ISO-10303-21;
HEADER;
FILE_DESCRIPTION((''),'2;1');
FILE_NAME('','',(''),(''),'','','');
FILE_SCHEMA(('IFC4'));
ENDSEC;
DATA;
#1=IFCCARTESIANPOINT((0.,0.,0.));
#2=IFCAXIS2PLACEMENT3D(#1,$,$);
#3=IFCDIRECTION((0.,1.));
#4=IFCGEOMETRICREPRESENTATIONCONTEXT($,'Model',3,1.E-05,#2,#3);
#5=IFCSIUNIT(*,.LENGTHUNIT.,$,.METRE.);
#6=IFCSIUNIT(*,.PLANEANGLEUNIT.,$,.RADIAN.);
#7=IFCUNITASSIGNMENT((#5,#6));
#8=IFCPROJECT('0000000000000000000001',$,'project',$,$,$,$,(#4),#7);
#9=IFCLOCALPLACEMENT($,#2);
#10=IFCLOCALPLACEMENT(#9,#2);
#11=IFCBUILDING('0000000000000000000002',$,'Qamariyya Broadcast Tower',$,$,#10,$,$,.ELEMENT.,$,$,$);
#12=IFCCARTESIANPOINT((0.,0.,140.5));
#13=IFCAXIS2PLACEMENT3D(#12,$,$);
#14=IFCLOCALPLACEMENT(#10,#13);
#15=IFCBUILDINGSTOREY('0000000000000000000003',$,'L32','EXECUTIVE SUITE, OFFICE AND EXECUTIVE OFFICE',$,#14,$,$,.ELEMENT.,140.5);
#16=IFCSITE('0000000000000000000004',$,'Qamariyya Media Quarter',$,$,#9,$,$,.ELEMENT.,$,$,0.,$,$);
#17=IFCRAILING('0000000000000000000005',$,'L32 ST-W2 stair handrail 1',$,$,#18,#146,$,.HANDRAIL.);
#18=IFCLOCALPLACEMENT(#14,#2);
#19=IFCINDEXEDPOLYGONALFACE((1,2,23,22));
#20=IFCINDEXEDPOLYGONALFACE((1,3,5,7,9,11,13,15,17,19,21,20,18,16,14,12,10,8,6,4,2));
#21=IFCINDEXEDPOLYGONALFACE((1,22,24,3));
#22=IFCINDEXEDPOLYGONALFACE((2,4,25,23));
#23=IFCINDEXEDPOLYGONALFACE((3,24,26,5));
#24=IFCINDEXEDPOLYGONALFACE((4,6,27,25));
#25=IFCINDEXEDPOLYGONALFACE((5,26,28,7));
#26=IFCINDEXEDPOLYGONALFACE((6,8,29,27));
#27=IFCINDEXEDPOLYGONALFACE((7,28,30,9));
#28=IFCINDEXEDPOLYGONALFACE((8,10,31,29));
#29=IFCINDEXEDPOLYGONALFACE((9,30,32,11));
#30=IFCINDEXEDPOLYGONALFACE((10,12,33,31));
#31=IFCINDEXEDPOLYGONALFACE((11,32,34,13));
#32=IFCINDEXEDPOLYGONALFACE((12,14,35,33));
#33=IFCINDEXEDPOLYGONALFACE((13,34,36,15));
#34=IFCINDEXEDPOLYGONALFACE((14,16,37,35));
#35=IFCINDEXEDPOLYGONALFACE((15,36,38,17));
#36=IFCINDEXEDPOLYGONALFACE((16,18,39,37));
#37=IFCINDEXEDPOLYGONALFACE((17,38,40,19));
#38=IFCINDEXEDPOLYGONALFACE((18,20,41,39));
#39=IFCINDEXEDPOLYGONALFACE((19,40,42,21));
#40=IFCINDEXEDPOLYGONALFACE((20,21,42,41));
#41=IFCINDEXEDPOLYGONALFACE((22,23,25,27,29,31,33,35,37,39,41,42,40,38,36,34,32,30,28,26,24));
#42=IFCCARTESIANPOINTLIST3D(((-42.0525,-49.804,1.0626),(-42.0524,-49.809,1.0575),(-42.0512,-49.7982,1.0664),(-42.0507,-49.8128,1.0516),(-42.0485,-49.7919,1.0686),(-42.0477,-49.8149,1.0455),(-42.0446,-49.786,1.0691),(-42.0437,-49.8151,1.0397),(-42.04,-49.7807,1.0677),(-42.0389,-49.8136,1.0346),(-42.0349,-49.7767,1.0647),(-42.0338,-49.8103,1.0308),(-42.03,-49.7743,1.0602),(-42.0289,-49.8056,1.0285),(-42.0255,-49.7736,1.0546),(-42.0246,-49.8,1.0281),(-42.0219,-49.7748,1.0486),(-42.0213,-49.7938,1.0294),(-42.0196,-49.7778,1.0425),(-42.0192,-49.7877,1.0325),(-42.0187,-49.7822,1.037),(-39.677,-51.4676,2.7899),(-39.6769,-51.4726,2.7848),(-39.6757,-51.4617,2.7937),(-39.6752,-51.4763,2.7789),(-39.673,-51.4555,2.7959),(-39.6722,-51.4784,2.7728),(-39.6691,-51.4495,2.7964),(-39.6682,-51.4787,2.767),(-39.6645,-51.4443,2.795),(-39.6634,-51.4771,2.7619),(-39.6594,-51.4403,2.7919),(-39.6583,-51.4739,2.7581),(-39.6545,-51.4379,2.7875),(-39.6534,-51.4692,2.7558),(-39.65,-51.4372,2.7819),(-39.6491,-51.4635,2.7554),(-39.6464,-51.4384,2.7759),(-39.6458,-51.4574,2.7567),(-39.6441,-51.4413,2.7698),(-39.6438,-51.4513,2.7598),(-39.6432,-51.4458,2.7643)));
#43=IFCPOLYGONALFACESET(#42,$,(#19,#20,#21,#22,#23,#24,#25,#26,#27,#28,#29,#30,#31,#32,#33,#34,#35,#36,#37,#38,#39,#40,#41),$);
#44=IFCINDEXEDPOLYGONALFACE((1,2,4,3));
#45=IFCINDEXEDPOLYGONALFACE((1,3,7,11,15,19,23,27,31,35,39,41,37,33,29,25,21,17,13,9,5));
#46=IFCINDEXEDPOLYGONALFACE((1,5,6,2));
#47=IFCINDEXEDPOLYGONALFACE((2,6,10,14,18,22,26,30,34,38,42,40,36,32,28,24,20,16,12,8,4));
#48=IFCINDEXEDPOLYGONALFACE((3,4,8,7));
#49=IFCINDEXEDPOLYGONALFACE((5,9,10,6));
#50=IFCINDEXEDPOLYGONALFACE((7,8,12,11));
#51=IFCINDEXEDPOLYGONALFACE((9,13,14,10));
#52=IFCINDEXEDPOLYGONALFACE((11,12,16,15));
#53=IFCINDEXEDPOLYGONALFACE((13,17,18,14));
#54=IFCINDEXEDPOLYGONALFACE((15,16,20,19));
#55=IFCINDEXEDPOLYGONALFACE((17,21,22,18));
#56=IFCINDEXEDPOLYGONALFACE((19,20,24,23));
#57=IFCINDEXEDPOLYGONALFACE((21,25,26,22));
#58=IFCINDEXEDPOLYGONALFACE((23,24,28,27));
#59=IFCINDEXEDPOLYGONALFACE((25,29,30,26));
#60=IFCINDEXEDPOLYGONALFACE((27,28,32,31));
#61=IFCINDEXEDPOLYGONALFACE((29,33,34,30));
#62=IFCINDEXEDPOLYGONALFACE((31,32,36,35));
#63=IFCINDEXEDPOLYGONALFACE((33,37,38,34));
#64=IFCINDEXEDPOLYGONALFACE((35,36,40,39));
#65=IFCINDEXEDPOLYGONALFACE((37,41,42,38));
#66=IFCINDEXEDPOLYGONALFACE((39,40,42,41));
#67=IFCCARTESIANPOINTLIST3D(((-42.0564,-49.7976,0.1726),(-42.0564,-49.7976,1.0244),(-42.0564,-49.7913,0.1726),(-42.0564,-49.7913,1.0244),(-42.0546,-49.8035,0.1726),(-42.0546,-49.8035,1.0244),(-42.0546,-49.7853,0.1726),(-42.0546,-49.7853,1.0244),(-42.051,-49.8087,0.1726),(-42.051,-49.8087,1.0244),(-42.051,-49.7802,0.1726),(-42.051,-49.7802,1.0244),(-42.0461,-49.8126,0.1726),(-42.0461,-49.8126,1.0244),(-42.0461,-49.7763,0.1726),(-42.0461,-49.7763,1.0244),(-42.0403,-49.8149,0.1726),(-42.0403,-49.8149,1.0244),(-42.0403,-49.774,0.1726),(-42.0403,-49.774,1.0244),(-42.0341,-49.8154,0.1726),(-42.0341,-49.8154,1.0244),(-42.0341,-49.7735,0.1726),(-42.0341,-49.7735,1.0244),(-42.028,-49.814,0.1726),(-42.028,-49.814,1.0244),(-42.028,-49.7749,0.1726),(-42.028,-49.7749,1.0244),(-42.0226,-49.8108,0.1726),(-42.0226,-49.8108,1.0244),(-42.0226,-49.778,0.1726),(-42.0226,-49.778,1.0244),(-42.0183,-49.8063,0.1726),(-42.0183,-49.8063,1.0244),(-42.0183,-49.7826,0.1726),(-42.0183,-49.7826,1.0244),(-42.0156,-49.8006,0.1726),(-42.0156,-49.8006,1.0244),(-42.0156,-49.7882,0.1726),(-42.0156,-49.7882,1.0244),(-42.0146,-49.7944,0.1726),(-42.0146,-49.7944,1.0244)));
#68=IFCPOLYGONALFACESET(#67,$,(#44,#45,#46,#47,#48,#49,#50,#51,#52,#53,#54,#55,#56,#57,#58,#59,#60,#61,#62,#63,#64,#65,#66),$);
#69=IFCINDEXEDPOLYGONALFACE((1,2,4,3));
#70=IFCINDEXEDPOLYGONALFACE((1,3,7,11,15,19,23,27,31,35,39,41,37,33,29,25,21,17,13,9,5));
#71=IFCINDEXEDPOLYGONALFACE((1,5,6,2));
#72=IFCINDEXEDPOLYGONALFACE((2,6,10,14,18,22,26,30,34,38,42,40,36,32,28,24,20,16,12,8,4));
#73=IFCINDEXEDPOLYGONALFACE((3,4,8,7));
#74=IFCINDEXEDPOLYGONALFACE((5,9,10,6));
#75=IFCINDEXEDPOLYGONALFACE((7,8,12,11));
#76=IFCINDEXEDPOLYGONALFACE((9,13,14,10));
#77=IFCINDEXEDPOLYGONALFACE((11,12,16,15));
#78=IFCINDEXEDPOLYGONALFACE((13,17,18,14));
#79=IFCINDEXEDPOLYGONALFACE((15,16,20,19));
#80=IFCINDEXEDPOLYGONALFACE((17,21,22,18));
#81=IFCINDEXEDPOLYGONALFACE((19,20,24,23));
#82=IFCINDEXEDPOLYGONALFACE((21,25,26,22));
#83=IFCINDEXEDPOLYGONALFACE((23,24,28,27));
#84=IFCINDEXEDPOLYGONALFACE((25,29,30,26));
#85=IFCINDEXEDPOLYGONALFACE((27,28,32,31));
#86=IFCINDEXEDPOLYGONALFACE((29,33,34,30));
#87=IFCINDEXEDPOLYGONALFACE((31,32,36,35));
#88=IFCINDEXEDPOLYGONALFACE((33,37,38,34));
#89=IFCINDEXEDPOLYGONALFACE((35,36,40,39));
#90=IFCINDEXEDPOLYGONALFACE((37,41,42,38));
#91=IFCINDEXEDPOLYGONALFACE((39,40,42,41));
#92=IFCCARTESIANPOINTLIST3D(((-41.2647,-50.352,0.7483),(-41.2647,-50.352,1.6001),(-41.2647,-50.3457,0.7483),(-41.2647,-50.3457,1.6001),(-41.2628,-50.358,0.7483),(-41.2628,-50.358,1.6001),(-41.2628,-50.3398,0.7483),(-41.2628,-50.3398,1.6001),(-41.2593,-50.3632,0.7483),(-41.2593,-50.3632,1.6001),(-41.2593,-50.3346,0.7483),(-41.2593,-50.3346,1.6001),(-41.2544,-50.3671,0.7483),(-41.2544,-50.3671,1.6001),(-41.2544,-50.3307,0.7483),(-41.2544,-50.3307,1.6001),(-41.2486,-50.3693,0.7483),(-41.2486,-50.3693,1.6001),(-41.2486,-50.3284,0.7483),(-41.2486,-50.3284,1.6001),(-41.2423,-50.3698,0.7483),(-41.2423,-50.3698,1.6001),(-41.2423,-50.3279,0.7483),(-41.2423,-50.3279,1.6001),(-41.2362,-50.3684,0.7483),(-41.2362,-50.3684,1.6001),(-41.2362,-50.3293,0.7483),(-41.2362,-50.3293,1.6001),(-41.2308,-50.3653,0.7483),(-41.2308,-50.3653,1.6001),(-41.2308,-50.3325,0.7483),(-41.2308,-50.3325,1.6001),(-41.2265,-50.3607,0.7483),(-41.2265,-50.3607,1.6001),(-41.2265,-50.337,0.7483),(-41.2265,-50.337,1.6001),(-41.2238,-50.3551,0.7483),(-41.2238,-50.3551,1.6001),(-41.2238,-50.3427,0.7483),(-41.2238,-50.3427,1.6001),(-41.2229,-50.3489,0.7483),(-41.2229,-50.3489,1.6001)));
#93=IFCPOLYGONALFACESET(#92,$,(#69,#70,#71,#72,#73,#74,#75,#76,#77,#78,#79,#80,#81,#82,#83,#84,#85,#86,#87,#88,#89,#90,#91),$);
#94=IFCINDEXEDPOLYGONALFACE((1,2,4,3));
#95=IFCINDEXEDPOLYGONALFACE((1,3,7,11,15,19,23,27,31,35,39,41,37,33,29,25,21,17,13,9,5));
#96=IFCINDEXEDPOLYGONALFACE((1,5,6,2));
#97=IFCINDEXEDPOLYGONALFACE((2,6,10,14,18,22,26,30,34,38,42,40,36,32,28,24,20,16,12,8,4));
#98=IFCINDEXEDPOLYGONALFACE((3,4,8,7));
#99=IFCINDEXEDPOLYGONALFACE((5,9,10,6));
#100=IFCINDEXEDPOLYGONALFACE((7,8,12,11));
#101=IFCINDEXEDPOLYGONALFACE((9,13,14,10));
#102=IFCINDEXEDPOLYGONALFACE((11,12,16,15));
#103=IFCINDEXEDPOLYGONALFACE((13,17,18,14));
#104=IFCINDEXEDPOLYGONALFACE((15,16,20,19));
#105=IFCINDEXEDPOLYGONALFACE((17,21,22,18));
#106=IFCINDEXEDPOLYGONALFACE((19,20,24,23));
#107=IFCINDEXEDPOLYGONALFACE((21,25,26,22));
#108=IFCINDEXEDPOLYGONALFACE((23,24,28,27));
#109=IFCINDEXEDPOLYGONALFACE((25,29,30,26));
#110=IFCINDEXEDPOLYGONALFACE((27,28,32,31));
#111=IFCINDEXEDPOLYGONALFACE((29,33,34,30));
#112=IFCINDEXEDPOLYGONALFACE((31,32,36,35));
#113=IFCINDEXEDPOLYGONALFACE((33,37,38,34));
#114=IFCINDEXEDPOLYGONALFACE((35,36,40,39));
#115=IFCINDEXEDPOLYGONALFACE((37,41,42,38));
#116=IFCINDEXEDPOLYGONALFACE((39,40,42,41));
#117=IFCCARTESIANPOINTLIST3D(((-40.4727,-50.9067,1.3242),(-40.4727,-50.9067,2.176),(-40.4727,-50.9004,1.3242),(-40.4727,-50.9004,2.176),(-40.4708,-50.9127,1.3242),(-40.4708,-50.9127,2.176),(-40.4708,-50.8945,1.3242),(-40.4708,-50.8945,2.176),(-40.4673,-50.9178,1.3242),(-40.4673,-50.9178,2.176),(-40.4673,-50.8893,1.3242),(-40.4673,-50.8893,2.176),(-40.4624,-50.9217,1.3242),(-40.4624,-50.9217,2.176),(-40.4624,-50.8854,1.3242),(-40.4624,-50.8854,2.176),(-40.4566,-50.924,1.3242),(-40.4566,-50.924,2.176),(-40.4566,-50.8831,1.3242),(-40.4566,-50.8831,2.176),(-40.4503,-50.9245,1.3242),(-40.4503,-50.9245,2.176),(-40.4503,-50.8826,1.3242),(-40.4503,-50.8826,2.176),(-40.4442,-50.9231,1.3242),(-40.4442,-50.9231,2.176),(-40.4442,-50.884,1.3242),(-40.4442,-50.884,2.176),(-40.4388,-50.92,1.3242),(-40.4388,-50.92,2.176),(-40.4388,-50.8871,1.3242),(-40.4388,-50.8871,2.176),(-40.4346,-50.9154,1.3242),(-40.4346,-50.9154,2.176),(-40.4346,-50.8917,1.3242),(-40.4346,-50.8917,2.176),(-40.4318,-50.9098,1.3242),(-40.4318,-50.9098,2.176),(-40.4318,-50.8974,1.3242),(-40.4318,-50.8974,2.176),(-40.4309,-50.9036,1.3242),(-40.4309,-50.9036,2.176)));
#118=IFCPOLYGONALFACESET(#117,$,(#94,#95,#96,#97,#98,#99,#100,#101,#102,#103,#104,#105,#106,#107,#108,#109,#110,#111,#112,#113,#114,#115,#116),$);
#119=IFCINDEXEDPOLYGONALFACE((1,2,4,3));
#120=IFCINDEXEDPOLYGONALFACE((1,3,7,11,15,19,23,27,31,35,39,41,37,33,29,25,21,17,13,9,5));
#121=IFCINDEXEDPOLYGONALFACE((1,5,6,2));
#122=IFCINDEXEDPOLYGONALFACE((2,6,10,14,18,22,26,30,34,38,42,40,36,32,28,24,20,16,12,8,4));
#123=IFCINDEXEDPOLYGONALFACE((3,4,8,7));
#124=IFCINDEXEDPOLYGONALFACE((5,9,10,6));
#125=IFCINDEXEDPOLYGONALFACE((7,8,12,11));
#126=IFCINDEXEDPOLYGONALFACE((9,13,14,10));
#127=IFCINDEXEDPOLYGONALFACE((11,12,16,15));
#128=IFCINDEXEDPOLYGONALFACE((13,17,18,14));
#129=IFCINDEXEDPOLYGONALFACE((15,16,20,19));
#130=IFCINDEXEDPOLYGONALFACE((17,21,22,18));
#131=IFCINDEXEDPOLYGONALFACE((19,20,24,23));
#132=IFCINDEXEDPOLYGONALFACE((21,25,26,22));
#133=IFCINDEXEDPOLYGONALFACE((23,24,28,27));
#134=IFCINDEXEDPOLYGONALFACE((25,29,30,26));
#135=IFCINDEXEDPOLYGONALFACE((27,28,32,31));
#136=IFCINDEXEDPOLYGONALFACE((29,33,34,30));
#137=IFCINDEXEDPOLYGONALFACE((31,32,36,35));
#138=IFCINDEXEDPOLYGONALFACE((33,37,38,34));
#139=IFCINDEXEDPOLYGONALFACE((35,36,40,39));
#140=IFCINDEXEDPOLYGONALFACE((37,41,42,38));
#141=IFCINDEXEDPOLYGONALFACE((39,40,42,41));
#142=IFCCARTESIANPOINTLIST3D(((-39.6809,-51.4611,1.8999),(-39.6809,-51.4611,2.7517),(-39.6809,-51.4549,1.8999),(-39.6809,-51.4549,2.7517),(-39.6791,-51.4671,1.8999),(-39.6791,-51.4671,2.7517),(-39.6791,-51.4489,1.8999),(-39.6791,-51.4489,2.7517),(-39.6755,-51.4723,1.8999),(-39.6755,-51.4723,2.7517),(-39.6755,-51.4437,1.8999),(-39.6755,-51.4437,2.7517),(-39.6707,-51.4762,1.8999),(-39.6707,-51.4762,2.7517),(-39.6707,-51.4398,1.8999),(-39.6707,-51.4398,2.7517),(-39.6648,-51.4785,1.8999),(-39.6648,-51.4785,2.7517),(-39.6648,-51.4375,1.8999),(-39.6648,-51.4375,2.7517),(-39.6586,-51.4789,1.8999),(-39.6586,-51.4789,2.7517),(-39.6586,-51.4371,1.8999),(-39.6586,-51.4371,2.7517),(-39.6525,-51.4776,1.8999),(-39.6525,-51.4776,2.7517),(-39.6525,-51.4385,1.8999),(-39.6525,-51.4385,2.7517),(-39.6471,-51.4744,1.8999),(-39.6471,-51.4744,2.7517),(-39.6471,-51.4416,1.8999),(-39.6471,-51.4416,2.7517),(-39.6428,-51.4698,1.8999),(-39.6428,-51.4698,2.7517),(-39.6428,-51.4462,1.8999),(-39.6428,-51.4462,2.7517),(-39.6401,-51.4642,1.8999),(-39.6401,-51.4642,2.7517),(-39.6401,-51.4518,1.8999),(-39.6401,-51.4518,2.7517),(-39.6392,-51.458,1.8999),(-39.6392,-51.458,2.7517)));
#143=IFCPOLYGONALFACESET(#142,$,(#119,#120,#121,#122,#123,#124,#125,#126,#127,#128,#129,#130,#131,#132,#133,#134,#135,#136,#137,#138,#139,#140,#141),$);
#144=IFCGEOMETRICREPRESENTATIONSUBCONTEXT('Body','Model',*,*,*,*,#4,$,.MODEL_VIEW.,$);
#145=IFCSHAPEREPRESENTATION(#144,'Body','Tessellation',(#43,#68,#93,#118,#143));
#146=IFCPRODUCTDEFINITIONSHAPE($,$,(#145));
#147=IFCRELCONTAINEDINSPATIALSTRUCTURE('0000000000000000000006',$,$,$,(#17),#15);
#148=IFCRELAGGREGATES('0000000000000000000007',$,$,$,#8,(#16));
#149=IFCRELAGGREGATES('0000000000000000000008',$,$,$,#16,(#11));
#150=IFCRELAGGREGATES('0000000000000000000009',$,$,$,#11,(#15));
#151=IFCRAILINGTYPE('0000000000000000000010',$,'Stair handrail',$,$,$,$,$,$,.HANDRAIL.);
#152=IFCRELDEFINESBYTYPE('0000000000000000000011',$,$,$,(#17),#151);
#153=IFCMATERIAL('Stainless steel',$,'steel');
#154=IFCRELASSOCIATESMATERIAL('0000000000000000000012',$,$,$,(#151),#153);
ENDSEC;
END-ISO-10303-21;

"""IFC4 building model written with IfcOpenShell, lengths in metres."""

from ifc_helpers import new_model, si_unit, direction, frame, origin, origin_2d, place, context, subcontext, project, spatial, circle, extrude, material, type_object, element, save


model = new_model("IFC4")

# Units and contexts
model_context = context("Model", 3, precision=1e-05, world=origin(), true_north=direction((0.0, 1.0)))
body_context = subcontext(model_context, "Body", "Model", "MODEL_VIEW")
ifc_project = project(units=[si_unit("LENGTHUNIT", "METRE"), si_unit("PLANEANGLEUNIT", "RADIAN")], contexts=[model_context])

# Site, building, storey
site_placement = place(None, origin())
site = spatial("IfcSite", under=ifc_project, at=site_placement, Name="Qamariyya Media Quarter", CompositionType="ELEMENT", RefElevation=0.0)
building_placement = place(site_placement, origin())
building = spatial("IfcBuilding", under=site, at=building_placement, Name="Qamariyya Broadcast Tower", CompositionType="ELEMENT")
storey_placement = place(building_placement, frame((0.0, 0.0, 140.5)))
storey = spatial("IfcBuildingStorey", under=building, at=storey_placement, Name="L32", Description="EXECUTIVE SUITE, OFFICE AND EXECUTIVE OFFICE", CompositionType="ELEMENT", Elevation=140.5)

# Railing
ifc_material_1 = material(Name="Stainless steel", Category="steel")
railing_type_1 = type_object("IfcRailingType", Name="Stair handrail", PredefinedType="HANDRAIL", material=ifc_material_1)
railing_1_placement = place(storey_placement, frame((-42.0356, -49.7944, 0.1726)))
element("IfcRailing", 1, at=railing_1_placement, inside=storey, type_object=railing_type_1, Name="L32 ST-W2 stair handrail 1", PredefinedType="HANDRAIL", context=body_context, shape_type="SweptSolid", body=[
    extrude(circle(Radius=0.0239, at=origin_2d()), frame((0.0, 0.0, 0.876), z_axis=(0.703745, -0.492838, 0.511716), x_axis=(0.573632, 0.819113, 0.0)), (0.0, 0.0, 1.0), 3.3755),
    extrude(circle(Radius=0.021, at=origin_2d()), origin(), (0.0, 0.0, 1.0), 0.8518),
    extrude(circle(Radius=0.021, at=origin_2d()), frame((0.7917, -0.5544, 0.5757)), (0.0, 0.0, 1.0), 0.8518),
    extrude(circle(Radius=0.021, at=origin_2d()), frame((1.5837, -1.1091, 1.1516)), (0.0, 0.0, 1.0), 0.8518),
    extrude(circle(Radius=0.021, at=origin_2d()), frame((2.3755, -1.6636, 1.7273)), (0.0, 0.0, 1.0), 0.8518),
])

save(model, "model.ifc")
